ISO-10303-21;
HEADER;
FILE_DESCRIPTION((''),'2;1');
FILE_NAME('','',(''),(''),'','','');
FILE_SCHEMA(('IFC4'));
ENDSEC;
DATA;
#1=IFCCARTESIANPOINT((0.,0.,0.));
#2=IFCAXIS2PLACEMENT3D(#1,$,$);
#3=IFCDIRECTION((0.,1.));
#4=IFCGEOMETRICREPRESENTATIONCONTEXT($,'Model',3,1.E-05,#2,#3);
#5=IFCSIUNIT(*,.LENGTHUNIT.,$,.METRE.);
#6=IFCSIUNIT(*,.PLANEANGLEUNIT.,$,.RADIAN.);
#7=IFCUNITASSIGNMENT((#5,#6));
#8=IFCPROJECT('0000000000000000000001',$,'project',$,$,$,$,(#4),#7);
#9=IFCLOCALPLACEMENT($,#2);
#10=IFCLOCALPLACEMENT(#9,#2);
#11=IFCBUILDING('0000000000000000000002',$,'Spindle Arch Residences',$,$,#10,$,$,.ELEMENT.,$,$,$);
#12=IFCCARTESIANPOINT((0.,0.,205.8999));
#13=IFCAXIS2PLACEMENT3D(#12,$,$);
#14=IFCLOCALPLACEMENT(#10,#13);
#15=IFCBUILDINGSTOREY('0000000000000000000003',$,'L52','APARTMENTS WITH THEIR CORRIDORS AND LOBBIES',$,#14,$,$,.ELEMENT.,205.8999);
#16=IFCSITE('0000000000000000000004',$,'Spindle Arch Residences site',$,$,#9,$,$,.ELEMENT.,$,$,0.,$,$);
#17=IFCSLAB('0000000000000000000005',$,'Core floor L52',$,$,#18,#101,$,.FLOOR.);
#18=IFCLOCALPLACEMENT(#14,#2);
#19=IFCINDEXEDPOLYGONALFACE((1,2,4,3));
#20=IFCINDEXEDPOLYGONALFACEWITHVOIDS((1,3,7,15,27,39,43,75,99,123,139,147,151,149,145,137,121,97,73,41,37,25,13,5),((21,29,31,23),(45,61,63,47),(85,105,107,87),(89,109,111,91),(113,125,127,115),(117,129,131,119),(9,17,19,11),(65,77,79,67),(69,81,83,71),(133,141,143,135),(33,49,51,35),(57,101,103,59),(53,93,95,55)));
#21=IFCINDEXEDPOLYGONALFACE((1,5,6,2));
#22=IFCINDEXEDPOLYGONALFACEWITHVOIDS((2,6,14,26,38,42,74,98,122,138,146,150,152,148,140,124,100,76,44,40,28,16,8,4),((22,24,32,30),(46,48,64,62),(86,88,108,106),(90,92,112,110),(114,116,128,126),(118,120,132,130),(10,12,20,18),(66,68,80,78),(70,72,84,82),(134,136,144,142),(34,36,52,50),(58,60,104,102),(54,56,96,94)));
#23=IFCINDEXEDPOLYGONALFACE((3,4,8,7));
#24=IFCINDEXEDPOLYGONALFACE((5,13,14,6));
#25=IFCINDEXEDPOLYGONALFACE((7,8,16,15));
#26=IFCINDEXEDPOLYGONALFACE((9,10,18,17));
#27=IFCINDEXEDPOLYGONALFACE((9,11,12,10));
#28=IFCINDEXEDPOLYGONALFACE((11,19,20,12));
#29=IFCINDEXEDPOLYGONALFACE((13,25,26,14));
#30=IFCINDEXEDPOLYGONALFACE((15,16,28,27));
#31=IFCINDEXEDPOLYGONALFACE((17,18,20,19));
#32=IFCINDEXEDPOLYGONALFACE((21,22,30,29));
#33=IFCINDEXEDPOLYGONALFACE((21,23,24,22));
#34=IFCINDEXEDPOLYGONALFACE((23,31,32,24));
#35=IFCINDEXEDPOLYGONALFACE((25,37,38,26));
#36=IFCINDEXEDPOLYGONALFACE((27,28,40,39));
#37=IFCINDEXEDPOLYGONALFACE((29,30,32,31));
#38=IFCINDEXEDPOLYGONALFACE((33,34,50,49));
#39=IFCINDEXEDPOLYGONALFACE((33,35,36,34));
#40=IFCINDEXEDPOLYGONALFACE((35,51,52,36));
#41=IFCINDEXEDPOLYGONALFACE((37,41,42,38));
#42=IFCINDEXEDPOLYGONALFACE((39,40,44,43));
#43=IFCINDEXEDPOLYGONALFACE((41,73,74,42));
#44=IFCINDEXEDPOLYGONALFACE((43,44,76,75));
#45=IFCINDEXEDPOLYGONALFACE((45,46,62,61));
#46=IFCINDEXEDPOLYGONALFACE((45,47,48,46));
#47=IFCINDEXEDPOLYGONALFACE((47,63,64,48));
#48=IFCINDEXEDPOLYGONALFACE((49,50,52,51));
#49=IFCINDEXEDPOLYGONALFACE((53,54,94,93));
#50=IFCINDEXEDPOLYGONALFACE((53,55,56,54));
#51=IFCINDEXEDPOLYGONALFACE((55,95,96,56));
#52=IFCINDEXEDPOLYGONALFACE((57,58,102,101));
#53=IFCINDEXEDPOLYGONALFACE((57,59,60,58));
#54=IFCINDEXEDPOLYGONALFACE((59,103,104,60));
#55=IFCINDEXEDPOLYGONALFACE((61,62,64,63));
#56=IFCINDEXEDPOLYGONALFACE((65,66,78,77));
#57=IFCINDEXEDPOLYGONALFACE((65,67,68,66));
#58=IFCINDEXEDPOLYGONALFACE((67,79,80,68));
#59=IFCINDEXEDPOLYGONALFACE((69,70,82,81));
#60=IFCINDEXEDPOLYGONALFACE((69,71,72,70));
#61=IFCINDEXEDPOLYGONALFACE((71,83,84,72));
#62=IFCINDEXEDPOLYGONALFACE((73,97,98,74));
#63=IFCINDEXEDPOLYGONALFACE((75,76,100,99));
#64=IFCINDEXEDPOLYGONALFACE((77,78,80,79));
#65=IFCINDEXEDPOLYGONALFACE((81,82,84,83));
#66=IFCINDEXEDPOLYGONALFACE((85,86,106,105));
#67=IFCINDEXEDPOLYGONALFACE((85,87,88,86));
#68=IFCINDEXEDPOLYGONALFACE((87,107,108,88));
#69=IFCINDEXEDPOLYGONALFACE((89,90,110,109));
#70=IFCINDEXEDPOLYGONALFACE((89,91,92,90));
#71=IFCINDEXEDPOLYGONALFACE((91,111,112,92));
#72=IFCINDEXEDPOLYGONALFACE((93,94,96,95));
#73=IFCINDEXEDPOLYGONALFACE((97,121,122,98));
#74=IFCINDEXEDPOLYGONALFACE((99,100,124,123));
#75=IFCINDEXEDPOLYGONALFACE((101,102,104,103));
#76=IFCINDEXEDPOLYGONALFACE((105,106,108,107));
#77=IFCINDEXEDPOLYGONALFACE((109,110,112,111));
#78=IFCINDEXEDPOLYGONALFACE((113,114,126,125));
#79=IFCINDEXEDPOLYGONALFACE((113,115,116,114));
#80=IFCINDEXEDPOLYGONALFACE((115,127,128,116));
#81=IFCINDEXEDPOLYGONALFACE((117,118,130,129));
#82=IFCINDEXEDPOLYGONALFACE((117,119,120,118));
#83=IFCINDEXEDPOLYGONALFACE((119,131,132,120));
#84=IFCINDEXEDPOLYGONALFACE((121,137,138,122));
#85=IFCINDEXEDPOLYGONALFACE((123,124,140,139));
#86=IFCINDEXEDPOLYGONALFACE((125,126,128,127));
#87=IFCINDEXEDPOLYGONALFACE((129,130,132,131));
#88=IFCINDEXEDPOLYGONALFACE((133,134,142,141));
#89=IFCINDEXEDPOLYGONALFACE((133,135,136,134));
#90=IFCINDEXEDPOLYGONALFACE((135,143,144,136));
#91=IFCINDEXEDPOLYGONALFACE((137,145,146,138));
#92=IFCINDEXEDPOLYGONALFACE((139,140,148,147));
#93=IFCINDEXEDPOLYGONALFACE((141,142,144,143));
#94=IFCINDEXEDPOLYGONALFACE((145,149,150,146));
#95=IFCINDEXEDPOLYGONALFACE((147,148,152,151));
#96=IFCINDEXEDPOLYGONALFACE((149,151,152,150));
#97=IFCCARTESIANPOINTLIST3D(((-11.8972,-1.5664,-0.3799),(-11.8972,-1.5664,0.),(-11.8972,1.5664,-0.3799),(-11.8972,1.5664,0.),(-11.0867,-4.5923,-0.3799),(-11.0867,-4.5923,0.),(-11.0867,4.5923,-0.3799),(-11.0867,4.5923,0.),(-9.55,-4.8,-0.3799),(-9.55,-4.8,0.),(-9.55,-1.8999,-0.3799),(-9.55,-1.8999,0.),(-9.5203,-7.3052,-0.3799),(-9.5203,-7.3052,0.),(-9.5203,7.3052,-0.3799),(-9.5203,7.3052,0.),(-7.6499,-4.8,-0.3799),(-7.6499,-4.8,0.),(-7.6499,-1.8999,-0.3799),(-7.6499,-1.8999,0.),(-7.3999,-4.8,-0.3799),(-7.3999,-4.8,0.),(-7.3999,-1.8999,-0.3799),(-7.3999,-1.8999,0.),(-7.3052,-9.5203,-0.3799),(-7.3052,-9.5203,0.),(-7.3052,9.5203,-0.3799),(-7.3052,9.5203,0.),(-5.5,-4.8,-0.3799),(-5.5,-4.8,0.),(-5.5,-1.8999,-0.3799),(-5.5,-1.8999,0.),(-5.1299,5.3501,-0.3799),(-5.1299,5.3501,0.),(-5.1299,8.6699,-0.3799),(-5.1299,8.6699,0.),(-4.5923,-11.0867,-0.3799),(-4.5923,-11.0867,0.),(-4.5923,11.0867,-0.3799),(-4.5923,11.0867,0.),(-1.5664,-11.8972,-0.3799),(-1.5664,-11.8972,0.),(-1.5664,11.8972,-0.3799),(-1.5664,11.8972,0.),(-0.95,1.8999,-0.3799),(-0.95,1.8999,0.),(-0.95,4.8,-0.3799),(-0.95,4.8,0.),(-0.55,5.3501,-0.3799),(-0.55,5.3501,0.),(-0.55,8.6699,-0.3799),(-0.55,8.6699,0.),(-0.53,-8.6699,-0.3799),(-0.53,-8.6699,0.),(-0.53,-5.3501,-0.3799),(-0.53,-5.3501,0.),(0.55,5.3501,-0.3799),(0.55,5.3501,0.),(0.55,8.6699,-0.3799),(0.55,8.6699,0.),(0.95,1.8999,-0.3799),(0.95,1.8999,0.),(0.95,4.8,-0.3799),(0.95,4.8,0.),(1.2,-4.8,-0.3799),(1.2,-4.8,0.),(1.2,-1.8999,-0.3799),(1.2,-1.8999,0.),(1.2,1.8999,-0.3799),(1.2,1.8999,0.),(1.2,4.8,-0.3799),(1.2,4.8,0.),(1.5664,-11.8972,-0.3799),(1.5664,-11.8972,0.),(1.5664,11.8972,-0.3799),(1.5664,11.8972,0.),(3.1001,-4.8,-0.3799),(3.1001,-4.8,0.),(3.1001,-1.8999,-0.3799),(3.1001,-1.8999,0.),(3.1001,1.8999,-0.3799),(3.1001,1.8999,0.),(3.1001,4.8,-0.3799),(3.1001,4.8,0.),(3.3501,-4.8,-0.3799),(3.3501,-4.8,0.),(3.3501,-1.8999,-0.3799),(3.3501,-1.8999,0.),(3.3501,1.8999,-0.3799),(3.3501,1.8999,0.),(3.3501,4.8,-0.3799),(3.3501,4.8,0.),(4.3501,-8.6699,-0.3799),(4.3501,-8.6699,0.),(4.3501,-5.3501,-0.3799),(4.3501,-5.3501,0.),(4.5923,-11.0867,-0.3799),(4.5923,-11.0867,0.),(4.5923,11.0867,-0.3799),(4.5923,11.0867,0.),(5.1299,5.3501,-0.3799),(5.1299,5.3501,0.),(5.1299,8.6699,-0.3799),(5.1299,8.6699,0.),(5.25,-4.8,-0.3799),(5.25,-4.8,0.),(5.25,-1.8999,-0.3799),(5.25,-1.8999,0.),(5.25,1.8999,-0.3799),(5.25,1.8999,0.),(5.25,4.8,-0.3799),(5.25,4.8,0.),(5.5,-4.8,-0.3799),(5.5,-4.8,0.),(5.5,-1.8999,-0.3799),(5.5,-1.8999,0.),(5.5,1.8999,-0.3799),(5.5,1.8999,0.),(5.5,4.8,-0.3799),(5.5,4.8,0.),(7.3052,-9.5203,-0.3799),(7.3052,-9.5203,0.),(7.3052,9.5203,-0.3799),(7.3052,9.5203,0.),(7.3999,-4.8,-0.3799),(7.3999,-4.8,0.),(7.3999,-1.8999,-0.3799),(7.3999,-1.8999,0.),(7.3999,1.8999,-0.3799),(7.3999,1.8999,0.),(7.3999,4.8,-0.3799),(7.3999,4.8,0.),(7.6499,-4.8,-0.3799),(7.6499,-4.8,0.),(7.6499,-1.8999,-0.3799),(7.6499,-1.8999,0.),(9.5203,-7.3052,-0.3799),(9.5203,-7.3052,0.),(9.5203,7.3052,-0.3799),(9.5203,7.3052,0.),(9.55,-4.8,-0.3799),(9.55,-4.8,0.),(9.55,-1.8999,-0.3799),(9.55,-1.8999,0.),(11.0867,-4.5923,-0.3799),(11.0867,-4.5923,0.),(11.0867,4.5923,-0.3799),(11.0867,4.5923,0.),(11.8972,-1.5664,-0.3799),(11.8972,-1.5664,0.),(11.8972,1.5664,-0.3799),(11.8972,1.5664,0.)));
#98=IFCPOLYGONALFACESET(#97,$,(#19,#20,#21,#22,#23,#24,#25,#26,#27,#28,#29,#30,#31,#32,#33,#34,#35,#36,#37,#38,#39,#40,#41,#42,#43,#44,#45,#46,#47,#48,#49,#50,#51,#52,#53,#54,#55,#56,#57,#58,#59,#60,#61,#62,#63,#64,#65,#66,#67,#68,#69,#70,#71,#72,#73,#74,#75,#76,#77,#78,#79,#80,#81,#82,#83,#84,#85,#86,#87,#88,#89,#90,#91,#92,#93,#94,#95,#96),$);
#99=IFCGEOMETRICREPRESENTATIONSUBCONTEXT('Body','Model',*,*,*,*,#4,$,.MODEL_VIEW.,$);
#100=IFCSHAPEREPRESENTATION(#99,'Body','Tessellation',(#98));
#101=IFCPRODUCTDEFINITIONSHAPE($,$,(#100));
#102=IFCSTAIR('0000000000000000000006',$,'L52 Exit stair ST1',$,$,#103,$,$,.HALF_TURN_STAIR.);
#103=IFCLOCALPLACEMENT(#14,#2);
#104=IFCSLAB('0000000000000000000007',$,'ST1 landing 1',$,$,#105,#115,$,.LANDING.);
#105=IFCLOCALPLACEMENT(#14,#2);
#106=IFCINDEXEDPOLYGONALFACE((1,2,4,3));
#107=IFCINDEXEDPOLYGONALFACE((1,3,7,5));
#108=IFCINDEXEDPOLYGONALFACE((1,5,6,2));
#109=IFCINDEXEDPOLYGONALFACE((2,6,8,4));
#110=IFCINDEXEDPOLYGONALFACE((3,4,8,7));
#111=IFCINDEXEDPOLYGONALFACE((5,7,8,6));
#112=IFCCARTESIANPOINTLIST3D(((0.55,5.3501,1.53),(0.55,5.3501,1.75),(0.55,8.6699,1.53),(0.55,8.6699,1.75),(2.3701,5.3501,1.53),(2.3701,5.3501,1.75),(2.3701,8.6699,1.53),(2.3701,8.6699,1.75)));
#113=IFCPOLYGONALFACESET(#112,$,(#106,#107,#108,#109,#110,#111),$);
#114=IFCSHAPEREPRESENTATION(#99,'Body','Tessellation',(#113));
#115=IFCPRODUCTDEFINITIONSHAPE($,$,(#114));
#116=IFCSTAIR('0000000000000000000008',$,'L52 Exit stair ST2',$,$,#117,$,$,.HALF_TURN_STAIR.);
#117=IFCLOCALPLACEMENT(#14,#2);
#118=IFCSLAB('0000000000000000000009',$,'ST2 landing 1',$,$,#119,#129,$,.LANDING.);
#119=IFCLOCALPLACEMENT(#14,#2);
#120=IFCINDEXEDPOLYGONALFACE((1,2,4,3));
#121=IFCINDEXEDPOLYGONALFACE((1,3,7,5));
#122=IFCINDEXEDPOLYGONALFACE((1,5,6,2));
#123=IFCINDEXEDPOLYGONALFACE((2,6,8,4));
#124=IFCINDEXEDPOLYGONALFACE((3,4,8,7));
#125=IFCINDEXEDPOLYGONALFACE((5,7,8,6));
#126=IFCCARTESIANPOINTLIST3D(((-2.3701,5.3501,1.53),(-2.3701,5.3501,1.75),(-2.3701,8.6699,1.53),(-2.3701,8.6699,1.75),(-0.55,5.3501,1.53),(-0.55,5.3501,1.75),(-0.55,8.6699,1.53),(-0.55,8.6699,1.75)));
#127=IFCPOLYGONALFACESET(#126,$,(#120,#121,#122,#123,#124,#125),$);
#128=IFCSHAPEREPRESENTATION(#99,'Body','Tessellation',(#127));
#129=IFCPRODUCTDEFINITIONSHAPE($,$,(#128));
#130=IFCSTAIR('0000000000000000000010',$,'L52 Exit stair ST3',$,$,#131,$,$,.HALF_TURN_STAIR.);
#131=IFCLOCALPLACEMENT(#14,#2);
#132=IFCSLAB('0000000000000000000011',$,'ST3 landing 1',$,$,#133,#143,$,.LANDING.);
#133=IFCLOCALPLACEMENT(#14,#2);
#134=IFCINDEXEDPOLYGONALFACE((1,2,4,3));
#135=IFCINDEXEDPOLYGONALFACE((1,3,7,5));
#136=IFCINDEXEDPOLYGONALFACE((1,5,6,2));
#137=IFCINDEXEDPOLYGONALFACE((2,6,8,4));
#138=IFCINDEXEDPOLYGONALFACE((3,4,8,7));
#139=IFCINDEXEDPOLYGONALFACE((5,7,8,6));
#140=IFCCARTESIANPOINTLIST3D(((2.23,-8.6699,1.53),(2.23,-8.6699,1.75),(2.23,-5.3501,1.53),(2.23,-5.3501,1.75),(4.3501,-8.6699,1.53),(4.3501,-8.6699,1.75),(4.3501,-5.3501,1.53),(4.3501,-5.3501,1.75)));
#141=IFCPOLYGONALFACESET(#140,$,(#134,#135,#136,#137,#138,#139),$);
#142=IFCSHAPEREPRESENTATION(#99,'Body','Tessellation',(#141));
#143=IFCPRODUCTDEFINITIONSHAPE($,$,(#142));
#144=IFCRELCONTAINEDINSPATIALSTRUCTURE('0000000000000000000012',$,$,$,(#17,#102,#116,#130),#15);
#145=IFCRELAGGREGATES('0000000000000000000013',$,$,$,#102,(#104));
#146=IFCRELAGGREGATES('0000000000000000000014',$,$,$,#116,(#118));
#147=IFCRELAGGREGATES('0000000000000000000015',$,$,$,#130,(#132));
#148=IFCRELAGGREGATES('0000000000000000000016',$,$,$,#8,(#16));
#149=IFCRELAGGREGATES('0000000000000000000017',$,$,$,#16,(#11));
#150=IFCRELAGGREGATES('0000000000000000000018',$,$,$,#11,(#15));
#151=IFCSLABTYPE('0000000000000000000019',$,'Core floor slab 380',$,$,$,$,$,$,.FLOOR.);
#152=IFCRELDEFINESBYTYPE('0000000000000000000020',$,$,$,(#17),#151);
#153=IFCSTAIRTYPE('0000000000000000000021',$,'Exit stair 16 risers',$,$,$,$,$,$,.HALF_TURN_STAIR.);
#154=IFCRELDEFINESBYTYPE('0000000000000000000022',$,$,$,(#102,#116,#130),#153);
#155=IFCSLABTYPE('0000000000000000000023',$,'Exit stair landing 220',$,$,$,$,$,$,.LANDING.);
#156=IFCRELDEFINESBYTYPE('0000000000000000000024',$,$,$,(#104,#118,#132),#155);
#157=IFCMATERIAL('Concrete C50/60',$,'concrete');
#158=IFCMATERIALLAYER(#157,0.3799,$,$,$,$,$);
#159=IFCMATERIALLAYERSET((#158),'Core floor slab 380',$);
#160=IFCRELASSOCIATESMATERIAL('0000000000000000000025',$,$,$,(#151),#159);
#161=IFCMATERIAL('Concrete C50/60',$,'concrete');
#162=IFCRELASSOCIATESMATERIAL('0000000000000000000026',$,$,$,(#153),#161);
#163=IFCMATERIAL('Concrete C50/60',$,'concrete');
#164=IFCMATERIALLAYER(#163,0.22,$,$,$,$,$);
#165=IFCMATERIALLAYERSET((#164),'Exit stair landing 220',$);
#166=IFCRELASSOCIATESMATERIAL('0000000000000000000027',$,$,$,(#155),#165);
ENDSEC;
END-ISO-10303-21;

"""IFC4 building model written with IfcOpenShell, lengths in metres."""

from ifc_helpers import new_model, si_unit, direction, frame, origin, place, context, subcontext, project, spatial, polyline, outline, extrude, material, layer, layer_set, type_object, element, aggregate, save


model = new_model("IFC4")

# Units and contexts
model_context = context("Model", 3, precision=1e-05, world=origin(), true_north=direction((0.0, 1.0)))
body_context = subcontext(model_context, "Body", "Model", "MODEL_VIEW")
ifc_project = project(units=[si_unit("LENGTHUNIT", "METRE"), si_unit("PLANEANGLEUNIT", "RADIAN")], contexts=[model_context])

# Site, building, storey
site_placement = place(None, origin())
site = spatial("IfcSite", under=ifc_project, at=site_placement, Name="Spindle Arch Residences site", CompositionType="ELEMENT", RefElevation=0.0)
building_placement = place(site_placement, origin())
building = spatial("IfcBuilding", under=site, at=building_placement, Name="Spindle Arch Residences", CompositionType="ELEMENT")
storey_placement = place(building_placement, frame((0.0, 0.0, 205.8999)))
storey = spatial("IfcBuildingStorey", under=building, at=storey_placement, Name="L52", Description="APARTMENTS WITH THEIR CORRIDORS AND LOBBIES", CompositionType="ELEMENT", Elevation=205.8999)

# Slab
ifc_material_1 = material(Name="Concrete C50/60", Category="concrete")
ifc_layer_1 = layer(ifc_material_1, 0.3799)
ifc_layer_set_1 = layer_set([ifc_layer_1], Name="Core floor slab 380")
slab_type_1 = type_object("IfcSlabType", Name="Core floor slab 380", PredefinedType="FLOOR", material=ifc_layer_set_1)
slab_1_placement = place(storey_placement, frame((0.0, 0.0, -0.3799)))
element("IfcSlab", 1, at=slab_1_placement, inside=storey, type_object=slab_type_1, Name="Core floor L52", PredefinedType="FLOOR", context=body_context, shape_type="SweptSolid", body=[
    extrude(outline(polyline([(1.5664, -11.8972), (4.5923, -11.0867), (7.3052, -9.5203), (9.5203, -7.3052), (11.0867, -4.5923), (11.8972, -1.5664), (11.8972, 1.5664), (11.0867, 4.5923), (9.5203, 7.3052), (7.3052, 9.5203), (4.5923, 11.0867), (1.5664, 11.8972), (-1.5664, 11.8972), (-4.5923, 11.0867), (-7.3052, 9.5203), (-9.5203, 7.3052), (-11.0867, 4.5923), (-11.8972, 1.5664), (-11.8972, -1.5664), (-11.0867, -4.5923), (-9.5203, -7.3052), (-7.3052, -9.5203), (-4.5923, -11.0867), (-1.5664, -11.8972), (1.5664, -11.8972)]), holes=[polyline([(-0.95, 1.8999), (0.95, 1.8999), (0.95, 4.8), (-0.95, 4.8), (-0.95, 1.8999)]), polyline([(1.2, 1.8999), (3.1001, 1.8999), (3.1001, 4.8), (1.2, 4.8), (1.2, 1.8999)]), polyline([(3.3501, 1.8999), (5.25, 1.8999), (5.25, 4.8), (3.3501, 4.8), (3.3501, 1.8999)]), polyline([(5.5, 1.8999), (7.3999, 1.8999), (7.3999, 4.8), (5.5, 4.8), (5.5, 1.8999)]), polyline([(-9.55, -4.8), (-7.6499, -4.8), (-7.6499, -1.8999), (-9.55, -1.8999), (-9.55, -4.8)]), polyline([(-7.3999, -4.8), (-5.5, -4.8), (-5.5, -1.8999), (-7.3999, -1.8999), (-7.3999, -4.8)]), polyline([(1.2, -4.8), (3.1001, -4.8), (3.1001, -1.8999), (1.2, -1.8999), (1.2, -4.8)]), polyline([(3.3501, -4.8), (5.25, -4.8), (5.25, -1.8999), (3.3501, -1.8999), (3.3501, -4.8)]), polyline([(5.5, -4.8), (7.3999, -4.8), (7.3999, -1.8999), (5.5, -1.8999), (5.5, -4.8)]), polyline([(7.6499, -4.8), (9.55, -4.8), (9.55, -1.8999), (7.6499, -1.8999), (7.6499, -4.8)]), polyline([(5.1299, 8.6699), (0.55, 8.6699), (0.55, 5.3501), (5.1299, 5.3501), (5.1299, 8.6699)]), polyline([(-5.1299, 5.3501), (-0.55, 5.3501), (-0.55, 8.6699), (-5.1299, 8.6699), (-5.1299, 5.3501)]), polyline([(-0.53, -8.6699), (4.3501, -8.6699), (4.3501, -5.3501), (-0.53, -5.3501), (-0.53, -8.6699)])]), origin(), (0.0, 0.0, 1.0), 0.3799),
])

# Stairs, slabs
ifc_material_2 = material(Name="Concrete C50/60", Category="concrete")
stair_type = type_object("IfcStairType", Name="Exit stair 16 risers", PredefinedType="HALF_TURN_STAIR", material=ifc_material_2)
stair_1_placement = place(storey_placement, origin())
stair_1 = element("IfcStair", 2, at=stair_1_placement, inside=storey, type_object=stair_type, Name="L52 Exit stair ST1", PredefinedType="HALF_TURN_STAIR")
ifc_material_3 = material(Name="Concrete C50/60", Category="concrete")
ifc_layer_2 = layer(ifc_material_3, 0.22)
ifc_layer_set_2 = layer_set([ifc_layer_2], Name="Exit stair landing 220")
slab_type_2 = type_object("IfcSlabType", Name="Exit stair landing 220", PredefinedType="LANDING", material=ifc_layer_set_2)
slab_2_placement = place(storey_placement, frame((0.0, 0.0, 1.53)))
slab_2 = element("IfcSlab", 3, at=slab_2_placement, type_object=slab_type_2, Name="ST1 landing 1", PredefinedType="LANDING", context=body_context, shape_type="SweptSolid", body=[
    extrude(outline(polyline([(2.3701, 8.6699), (0.55, 8.6699), (0.55, 5.3501), (2.3701, 5.3501), (2.3701, 8.6699)])), origin(), (0.0, 0.0, 1.0), 0.22),
])
aggregate(stair_1, [slab_2])
stair_2_placement = place(storey_placement, origin())
stair_2 = element("IfcStair", 4, at=stair_2_placement, inside=storey, type_object=stair_type, Name="L52 Exit stair ST2", PredefinedType="HALF_TURN_STAIR")
slab_3_placement = place(storey_placement, frame((0.0, 0.0, 1.53)))
slab_3 = element("IfcSlab", 5, at=slab_3_placement, type_object=slab_type_2, Name="ST2 landing 1", PredefinedType="LANDING", context=body_context, shape_type="SweptSolid", body=[
    extrude(outline(polyline([(-2.3701, 5.3501), (-0.55, 5.3501), (-0.55, 8.6699), (-2.3701, 8.6699), (-2.3701, 5.3501)])), origin(), (0.0, 0.0, 1.0), 0.22),
])
aggregate(stair_2, [slab_3])
stair_3_placement = place(storey_placement, origin())
stair_3 = element("IfcStair", 6, at=stair_3_placement, inside=storey, type_object=stair_type, Name="L52 Exit stair ST3", PredefinedType="HALF_TURN_STAIR")
slab_4_placement = place(storey_placement, frame((0.0, 0.0, 1.53)))
slab_4 = element("IfcSlab", 7, at=slab_4_placement, type_object=slab_type_2, Name="ST3 landing 1", PredefinedType="LANDING", context=body_context, shape_type="SweptSolid", body=[
    extrude(outline(polyline([(2.23, -8.6699), (4.3501, -8.6699), (4.3501, -5.3501), (2.23, -5.3501), (2.23, -8.6699)])), origin(), (0.0, 0.0, 1.0), 0.22),
])

aggregate(stair_3, [slab_4])

save(model, "model.ifc")
